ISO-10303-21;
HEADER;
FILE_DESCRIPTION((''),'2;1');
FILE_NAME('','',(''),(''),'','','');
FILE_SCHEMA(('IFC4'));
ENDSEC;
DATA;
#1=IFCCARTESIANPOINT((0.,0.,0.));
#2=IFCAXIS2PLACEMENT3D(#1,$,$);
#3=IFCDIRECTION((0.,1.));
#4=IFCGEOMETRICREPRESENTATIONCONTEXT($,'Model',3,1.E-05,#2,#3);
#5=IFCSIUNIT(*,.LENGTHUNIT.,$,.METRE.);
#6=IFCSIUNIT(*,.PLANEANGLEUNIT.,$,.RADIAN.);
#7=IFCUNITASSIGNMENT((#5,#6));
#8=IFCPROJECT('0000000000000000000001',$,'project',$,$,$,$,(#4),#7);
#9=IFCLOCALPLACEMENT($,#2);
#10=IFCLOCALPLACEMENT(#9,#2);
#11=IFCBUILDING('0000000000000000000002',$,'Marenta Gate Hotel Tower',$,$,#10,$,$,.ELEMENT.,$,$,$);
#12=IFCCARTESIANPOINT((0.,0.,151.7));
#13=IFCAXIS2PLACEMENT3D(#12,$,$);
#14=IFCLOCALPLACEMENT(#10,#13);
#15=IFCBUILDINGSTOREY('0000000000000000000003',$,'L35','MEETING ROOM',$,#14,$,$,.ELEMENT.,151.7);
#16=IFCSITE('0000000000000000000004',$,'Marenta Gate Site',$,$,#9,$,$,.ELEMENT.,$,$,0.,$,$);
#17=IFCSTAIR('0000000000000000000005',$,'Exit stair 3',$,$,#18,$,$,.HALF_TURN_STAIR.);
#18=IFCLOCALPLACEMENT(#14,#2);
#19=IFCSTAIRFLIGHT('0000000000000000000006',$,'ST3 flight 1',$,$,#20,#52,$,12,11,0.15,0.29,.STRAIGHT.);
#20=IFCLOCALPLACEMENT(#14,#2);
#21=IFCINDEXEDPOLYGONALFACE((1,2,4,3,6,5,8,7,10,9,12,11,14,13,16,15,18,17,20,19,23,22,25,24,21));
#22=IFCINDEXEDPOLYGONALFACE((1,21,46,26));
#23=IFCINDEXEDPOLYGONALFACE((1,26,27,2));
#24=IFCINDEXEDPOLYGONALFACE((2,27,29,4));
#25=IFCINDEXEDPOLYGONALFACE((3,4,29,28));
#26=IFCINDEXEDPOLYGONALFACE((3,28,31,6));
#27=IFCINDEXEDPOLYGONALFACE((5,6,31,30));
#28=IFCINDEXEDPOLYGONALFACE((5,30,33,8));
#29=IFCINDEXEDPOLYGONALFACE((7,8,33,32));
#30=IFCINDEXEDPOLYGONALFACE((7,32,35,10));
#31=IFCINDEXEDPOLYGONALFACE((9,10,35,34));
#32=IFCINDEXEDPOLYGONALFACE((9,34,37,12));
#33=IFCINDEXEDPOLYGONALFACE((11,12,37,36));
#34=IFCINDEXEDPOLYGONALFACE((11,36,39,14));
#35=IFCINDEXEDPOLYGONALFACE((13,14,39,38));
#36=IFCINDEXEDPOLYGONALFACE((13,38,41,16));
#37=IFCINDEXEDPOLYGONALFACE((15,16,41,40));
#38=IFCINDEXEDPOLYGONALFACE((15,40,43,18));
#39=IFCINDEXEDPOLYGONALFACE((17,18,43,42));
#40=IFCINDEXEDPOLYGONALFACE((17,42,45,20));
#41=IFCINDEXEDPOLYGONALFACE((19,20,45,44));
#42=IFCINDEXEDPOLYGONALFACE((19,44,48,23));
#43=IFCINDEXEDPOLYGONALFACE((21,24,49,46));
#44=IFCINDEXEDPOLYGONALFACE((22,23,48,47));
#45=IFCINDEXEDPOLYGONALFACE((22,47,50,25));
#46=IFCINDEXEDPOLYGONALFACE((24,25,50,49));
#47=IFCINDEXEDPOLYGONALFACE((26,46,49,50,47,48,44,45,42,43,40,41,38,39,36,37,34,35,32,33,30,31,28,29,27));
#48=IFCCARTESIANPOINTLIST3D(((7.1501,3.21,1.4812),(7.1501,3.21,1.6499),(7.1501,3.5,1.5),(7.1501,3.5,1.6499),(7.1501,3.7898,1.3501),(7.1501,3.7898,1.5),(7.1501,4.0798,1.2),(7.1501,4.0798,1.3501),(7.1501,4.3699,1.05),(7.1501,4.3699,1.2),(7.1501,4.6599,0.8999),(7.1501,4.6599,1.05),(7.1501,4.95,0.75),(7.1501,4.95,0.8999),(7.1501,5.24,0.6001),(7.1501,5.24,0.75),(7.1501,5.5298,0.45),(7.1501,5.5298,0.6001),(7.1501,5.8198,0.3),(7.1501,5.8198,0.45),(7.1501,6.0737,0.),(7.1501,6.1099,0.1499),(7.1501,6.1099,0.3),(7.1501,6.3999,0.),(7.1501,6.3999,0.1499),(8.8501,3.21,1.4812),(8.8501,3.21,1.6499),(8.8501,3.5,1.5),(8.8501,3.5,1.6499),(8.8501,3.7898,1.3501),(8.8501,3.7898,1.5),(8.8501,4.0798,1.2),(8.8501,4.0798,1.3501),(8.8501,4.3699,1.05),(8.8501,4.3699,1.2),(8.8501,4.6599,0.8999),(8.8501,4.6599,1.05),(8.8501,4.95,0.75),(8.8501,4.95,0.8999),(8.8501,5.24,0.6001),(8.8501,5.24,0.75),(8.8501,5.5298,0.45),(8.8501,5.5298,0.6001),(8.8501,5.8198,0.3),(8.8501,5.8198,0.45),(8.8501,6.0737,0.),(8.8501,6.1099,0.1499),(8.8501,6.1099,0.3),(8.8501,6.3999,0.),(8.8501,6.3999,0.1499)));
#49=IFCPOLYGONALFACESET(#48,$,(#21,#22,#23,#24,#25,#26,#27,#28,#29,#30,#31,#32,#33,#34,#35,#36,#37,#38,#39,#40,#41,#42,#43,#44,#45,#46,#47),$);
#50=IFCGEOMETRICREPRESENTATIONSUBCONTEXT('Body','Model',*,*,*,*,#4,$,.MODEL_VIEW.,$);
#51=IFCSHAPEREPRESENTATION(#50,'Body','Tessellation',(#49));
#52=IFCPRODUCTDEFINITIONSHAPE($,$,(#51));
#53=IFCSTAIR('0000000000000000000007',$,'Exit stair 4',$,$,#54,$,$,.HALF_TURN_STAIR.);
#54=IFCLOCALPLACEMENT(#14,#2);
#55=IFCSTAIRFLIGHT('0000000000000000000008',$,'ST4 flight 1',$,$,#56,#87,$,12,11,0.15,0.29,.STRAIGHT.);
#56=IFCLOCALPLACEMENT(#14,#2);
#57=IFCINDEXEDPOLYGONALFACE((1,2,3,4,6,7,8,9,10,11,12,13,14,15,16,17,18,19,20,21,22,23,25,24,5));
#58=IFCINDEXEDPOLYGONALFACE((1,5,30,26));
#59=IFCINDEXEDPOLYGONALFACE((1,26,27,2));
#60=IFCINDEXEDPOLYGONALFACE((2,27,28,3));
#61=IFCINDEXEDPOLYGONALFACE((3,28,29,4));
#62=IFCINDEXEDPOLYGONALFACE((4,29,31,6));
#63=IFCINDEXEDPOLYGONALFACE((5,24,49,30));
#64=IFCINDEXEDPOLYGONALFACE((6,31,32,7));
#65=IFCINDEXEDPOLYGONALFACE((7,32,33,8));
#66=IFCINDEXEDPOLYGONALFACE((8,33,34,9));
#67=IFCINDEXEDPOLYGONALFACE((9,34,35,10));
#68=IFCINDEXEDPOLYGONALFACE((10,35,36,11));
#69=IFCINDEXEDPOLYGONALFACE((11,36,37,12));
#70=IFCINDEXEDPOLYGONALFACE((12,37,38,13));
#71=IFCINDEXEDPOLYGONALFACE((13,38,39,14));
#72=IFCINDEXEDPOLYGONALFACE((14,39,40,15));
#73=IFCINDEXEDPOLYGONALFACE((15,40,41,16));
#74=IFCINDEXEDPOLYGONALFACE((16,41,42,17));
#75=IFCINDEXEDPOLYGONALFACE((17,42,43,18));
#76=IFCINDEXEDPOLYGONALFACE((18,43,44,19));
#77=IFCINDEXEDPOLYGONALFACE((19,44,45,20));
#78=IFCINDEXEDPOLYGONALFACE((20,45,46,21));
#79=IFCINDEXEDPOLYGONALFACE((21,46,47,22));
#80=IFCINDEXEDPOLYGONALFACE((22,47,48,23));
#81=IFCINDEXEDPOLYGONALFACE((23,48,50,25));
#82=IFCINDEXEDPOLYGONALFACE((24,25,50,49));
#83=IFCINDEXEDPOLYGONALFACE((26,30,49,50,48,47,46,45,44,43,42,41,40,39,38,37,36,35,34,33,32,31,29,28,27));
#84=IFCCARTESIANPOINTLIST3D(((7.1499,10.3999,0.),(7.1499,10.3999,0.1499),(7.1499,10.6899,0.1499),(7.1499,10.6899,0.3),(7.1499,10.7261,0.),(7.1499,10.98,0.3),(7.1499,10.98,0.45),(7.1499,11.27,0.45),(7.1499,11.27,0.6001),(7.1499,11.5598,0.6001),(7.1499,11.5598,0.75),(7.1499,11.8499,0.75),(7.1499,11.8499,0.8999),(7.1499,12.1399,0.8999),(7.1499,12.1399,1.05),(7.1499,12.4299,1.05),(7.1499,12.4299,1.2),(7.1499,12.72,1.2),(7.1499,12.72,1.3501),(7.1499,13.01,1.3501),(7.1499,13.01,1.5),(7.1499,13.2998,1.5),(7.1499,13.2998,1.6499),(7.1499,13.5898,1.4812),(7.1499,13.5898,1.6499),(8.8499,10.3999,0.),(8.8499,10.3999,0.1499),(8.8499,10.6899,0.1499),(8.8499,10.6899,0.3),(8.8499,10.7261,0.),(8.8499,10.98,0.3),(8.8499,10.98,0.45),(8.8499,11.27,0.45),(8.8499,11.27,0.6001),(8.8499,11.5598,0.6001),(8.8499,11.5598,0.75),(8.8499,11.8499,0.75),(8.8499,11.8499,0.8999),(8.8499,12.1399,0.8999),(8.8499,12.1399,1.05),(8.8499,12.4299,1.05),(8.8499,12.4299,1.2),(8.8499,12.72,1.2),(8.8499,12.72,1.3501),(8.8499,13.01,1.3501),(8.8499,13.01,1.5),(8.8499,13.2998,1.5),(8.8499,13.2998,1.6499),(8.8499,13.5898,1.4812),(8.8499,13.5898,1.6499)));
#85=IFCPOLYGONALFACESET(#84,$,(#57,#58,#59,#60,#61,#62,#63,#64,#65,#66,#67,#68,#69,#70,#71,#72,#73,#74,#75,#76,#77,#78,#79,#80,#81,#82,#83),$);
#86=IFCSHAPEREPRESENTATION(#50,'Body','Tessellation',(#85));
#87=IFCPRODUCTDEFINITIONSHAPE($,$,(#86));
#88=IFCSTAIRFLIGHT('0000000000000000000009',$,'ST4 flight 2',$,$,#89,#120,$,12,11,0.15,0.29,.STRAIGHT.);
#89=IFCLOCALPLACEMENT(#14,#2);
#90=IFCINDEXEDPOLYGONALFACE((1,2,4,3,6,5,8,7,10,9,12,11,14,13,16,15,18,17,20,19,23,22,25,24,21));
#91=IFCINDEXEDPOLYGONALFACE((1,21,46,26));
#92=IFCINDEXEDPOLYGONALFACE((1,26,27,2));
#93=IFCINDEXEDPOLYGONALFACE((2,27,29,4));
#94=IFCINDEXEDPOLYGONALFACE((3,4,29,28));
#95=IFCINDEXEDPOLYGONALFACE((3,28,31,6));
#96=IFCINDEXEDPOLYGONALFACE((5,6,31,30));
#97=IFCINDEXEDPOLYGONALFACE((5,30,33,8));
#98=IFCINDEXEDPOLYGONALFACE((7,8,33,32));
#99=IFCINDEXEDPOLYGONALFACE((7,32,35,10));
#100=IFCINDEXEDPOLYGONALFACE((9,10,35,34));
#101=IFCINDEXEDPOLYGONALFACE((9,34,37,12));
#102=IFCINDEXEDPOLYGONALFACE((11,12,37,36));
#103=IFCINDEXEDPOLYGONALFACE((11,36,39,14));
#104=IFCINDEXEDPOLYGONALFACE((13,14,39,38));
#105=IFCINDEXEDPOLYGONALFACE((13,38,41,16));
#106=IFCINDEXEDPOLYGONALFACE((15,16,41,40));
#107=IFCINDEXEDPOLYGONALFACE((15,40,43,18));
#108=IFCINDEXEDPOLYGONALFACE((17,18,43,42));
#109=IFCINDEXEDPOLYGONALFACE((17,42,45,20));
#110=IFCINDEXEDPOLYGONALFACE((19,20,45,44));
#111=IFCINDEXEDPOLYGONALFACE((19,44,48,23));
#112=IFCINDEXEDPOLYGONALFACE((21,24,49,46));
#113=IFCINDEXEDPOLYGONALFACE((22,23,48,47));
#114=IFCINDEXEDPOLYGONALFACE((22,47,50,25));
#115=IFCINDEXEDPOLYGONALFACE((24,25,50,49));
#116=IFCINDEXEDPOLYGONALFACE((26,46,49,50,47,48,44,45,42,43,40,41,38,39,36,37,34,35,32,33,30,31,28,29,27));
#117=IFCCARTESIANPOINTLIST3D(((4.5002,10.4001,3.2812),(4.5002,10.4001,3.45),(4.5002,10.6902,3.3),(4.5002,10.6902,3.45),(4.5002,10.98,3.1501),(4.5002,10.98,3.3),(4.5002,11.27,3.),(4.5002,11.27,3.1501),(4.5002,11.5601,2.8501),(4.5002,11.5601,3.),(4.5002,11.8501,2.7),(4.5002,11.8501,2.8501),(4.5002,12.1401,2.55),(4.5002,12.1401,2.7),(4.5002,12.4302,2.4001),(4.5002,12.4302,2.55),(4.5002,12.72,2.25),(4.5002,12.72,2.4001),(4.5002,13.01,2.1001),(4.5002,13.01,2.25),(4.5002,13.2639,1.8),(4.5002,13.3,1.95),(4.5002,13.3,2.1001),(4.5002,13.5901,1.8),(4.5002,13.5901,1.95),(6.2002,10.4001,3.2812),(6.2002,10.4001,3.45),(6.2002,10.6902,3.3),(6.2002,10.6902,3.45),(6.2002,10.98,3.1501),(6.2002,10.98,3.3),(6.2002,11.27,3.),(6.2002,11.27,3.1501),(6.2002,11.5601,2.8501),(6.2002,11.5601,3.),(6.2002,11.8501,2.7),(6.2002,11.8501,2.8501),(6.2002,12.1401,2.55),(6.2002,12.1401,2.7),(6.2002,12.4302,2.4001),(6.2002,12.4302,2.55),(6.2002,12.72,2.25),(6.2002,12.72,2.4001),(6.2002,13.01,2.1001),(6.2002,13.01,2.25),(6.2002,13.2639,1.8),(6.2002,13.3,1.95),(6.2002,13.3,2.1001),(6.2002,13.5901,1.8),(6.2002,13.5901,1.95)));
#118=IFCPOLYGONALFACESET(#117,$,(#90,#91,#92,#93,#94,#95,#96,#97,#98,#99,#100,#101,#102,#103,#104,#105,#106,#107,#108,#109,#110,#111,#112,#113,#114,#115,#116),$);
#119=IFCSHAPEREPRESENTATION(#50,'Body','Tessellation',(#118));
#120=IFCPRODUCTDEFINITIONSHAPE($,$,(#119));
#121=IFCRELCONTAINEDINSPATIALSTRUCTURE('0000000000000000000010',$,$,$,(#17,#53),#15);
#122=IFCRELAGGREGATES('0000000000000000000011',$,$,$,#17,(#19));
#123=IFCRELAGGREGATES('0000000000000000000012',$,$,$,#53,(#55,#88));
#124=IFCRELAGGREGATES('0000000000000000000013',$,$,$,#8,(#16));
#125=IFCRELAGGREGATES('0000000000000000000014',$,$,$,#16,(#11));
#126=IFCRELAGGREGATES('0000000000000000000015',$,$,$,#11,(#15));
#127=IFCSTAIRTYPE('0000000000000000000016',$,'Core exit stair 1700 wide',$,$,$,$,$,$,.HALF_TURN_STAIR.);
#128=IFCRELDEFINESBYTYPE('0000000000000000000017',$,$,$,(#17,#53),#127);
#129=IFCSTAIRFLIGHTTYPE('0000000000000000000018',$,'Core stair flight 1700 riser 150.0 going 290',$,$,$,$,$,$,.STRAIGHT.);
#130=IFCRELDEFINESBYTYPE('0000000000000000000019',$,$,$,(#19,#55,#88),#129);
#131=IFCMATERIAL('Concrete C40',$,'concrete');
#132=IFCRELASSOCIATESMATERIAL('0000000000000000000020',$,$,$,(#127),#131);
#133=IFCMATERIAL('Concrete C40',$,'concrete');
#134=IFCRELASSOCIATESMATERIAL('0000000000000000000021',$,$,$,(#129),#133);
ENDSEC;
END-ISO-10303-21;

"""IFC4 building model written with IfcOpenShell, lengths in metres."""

from ifc_helpers import new_model, si_unit, direction, frame, origin, place, context, subcontext, project, spatial, polyline, outline, extrude, material, type_object, element, aggregate, save


model = new_model("IFC4")

# Units and contexts
model_context = context("Model", 3, precision=1e-05, world=origin(), true_north=direction((0.0, 1.0)))
body_context = subcontext(model_context, "Body", "Model", "MODEL_VIEW")
ifc_project = project(units=[si_unit("LENGTHUNIT", "METRE"), si_unit("PLANEANGLEUNIT", "RADIAN")], contexts=[model_context])

# Site, building, storey
site_placement = place(None, origin())
site = spatial("IfcSite", under=ifc_project, at=site_placement, Name="Marenta Gate Site", CompositionType="ELEMENT", RefElevation=0.0)
building_placement = place(site_placement, origin())
building = spatial("IfcBuilding", under=site, at=building_placement, Name="Marenta Gate Hotel Tower", CompositionType="ELEMENT")
storey_placement = place(building_placement, frame((0.0, 0.0, 151.7)))
storey = spatial("IfcBuildingStorey", under=building, at=storey_placement, Name="L35", Description="MEETING ROOM", CompositionType="ELEMENT", Elevation=151.7)

# Stair, stair flight
ifc_material_1 = material(Name="Concrete C40", Category="concrete")
stair_type = type_object("IfcStairType", Name="Core exit stair 1700 wide", PredefinedType="HALF_TURN_STAIR", material=ifc_material_1)
stair_1_placement = place(storey_placement, origin())
stair_1 = element("IfcStair", 1, at=stair_1_placement, inside=storey, type_object=stair_type, Name="Exit stair 3", PredefinedType="HALF_TURN_STAIR")
ifc_material_2 = material(Name="Concrete C40", Category="concrete")
stair_flight_type = type_object("IfcStairFlightType", Name="Core stair flight 1700 riser 150.0 going 290", PredefinedType="STRAIGHT", material=ifc_material_2)
stair_flight_1_placement = place(storey_placement, frame((8.0, 6.3999, 0.0), z_axis=(0.0, 0.0, 1.0), x_axis=(0.0, -1.0, 0.0)))
stair_flight_1 = element("IfcStairFlight", 2, at=stair_flight_1_placement, type_object=stair_flight_type, Name="ST3 flight 1", NumberOfRisers=12, NumberOfTreads=11, PredefinedType="STRAIGHT", RiserHeight=0.15, TreadLength=0.29, context=body_context, shape_type="SweptSolid", body=[
    extrude(outline(polyline([(0.0, 0.0), (0.0, 0.1499), (0.29, 0.1499), (0.29, 0.3), (0.5801, 0.3), (0.5801, 0.45), (0.8701, 0.45), (0.8701, 0.6001), (1.1599, 0.6001), (1.1599, 0.75), (1.45, 0.75), (1.45, 0.8999), (1.74, 0.8999), (1.74, 1.05), (2.03, 1.05), (2.03, 1.2), (2.3201, 1.2), (2.3201, 1.3501), (2.6101, 1.3501), (2.6101, 1.5), (2.8999, 1.5), (2.8999, 1.6499), (3.1899, 1.6499), (3.1899, 1.8), (3.1899, 1.4812), (0.3262, 0.0), (0.0, 0.0)])), frame((0.0, 0.8501, 0.0), z_axis=(0.0, -1.0, 0.0), x_axis=(1.0, 0.0, 0.0)), (0.0, 0.0, 1.0), 1.7),
])
aggregate(stair_1, [stair_flight_1])

# Stair, stair flights
stair_2_placement = place(storey_placement, origin())
stair_2 = element("IfcStair", 3, at=stair_2_placement, inside=storey, type_object=stair_type, Name="Exit stair 4", PredefinedType="HALF_TURN_STAIR")
stair_flight_2_placement = place(storey_placement, frame((8.0, 10.3999, 0.0), z_axis=(0.0, 0.0, 1.0), x_axis=(0.0, 1.0, 0.0)))
stair_flight_2 = element("IfcStairFlight", 4, at=stair_flight_2_placement, type_object=stair_flight_type, Name="ST4 flight 1", NumberOfRisers=12, NumberOfTreads=11, PredefinedType="STRAIGHT", RiserHeight=0.15, TreadLength=0.29, context=body_context, shape_type="SweptSolid", body=[
    extrude(outline(polyline([(0.0, 0.0), (0.0, 0.1499), (0.29, 0.1499), (0.29, 0.3), (0.5801, 0.3), (0.5801, 0.45), (0.8701, 0.45), (0.8701, 0.6001), (1.1599, 0.6001), (1.1599, 0.75), (1.45, 0.75), (1.45, 0.8999), (1.74, 0.8999), (1.74, 1.05), (2.03, 1.05), (2.03, 1.2), (2.3201, 1.2), (2.3201, 1.3501), (2.6101, 1.3501), (2.6101, 1.5), (2.8999, 1.5), (2.8999, 1.6499), (3.1899, 1.6499), (3.1899, 1.8), (3.1899, 1.4812), (0.3262, 0.0), (0.0, 0.0)])), frame((0.0, 0.8501, 0.0), z_axis=(0.0, -1.0, 0.0), x_axis=(1.0, 0.0, 0.0)), (0.0, 0.0, 1.0), 1.7),
])
stair_flight_3_placement = place(storey_placement, frame((5.3501, 13.5901, 1.8), z_axis=(0.0, 0.0, 1.0), x_axis=(0.0, -1.0, 0.0)))
stair_flight_3 = element("IfcStairFlight", 5, at=stair_flight_3_placement, type_object=stair_flight_type, Name="ST4 flight 2", NumberOfRisers=12, NumberOfTreads=11, PredefinedType="STRAIGHT", RiserHeight=0.15, TreadLength=0.29, context=body_context, shape_type="SweptSolid", body=[
    extrude(outline(polyline([(0.0, 0.0), (0.0, 0.1499), (0.29, 0.1499), (0.29, 0.3), (0.5801, 0.3), (0.5801, 0.45), (0.8701, 0.45), (0.8701, 0.6001), (1.1599, 0.6001), (1.1599, 0.75), (1.45, 0.75), (1.45, 0.8999), (1.74, 0.8999), (1.74, 1.05), (2.03, 1.05), (2.03, 1.2), (2.3201, 1.2), (2.3201, 1.3501), (2.6101, 1.3501), (2.6101, 1.5), (2.8999, 1.5), (2.8999, 1.6499), (3.1899, 1.6499), (3.1899, 1.8), (3.1899, 1.4812), (0.3262, 0.0), (0.0, 0.0)])), frame((0.0, 0.8501, 0.0), z_axis=(0.0, -1.0, 0.0), x_axis=(1.0, 0.0, 0.0)), (0.0, 0.0, 1.0), 1.7),
])
aggregate(stair_2, [stair_flight_2, stair_flight_3])

save(model, "model.ifc")
